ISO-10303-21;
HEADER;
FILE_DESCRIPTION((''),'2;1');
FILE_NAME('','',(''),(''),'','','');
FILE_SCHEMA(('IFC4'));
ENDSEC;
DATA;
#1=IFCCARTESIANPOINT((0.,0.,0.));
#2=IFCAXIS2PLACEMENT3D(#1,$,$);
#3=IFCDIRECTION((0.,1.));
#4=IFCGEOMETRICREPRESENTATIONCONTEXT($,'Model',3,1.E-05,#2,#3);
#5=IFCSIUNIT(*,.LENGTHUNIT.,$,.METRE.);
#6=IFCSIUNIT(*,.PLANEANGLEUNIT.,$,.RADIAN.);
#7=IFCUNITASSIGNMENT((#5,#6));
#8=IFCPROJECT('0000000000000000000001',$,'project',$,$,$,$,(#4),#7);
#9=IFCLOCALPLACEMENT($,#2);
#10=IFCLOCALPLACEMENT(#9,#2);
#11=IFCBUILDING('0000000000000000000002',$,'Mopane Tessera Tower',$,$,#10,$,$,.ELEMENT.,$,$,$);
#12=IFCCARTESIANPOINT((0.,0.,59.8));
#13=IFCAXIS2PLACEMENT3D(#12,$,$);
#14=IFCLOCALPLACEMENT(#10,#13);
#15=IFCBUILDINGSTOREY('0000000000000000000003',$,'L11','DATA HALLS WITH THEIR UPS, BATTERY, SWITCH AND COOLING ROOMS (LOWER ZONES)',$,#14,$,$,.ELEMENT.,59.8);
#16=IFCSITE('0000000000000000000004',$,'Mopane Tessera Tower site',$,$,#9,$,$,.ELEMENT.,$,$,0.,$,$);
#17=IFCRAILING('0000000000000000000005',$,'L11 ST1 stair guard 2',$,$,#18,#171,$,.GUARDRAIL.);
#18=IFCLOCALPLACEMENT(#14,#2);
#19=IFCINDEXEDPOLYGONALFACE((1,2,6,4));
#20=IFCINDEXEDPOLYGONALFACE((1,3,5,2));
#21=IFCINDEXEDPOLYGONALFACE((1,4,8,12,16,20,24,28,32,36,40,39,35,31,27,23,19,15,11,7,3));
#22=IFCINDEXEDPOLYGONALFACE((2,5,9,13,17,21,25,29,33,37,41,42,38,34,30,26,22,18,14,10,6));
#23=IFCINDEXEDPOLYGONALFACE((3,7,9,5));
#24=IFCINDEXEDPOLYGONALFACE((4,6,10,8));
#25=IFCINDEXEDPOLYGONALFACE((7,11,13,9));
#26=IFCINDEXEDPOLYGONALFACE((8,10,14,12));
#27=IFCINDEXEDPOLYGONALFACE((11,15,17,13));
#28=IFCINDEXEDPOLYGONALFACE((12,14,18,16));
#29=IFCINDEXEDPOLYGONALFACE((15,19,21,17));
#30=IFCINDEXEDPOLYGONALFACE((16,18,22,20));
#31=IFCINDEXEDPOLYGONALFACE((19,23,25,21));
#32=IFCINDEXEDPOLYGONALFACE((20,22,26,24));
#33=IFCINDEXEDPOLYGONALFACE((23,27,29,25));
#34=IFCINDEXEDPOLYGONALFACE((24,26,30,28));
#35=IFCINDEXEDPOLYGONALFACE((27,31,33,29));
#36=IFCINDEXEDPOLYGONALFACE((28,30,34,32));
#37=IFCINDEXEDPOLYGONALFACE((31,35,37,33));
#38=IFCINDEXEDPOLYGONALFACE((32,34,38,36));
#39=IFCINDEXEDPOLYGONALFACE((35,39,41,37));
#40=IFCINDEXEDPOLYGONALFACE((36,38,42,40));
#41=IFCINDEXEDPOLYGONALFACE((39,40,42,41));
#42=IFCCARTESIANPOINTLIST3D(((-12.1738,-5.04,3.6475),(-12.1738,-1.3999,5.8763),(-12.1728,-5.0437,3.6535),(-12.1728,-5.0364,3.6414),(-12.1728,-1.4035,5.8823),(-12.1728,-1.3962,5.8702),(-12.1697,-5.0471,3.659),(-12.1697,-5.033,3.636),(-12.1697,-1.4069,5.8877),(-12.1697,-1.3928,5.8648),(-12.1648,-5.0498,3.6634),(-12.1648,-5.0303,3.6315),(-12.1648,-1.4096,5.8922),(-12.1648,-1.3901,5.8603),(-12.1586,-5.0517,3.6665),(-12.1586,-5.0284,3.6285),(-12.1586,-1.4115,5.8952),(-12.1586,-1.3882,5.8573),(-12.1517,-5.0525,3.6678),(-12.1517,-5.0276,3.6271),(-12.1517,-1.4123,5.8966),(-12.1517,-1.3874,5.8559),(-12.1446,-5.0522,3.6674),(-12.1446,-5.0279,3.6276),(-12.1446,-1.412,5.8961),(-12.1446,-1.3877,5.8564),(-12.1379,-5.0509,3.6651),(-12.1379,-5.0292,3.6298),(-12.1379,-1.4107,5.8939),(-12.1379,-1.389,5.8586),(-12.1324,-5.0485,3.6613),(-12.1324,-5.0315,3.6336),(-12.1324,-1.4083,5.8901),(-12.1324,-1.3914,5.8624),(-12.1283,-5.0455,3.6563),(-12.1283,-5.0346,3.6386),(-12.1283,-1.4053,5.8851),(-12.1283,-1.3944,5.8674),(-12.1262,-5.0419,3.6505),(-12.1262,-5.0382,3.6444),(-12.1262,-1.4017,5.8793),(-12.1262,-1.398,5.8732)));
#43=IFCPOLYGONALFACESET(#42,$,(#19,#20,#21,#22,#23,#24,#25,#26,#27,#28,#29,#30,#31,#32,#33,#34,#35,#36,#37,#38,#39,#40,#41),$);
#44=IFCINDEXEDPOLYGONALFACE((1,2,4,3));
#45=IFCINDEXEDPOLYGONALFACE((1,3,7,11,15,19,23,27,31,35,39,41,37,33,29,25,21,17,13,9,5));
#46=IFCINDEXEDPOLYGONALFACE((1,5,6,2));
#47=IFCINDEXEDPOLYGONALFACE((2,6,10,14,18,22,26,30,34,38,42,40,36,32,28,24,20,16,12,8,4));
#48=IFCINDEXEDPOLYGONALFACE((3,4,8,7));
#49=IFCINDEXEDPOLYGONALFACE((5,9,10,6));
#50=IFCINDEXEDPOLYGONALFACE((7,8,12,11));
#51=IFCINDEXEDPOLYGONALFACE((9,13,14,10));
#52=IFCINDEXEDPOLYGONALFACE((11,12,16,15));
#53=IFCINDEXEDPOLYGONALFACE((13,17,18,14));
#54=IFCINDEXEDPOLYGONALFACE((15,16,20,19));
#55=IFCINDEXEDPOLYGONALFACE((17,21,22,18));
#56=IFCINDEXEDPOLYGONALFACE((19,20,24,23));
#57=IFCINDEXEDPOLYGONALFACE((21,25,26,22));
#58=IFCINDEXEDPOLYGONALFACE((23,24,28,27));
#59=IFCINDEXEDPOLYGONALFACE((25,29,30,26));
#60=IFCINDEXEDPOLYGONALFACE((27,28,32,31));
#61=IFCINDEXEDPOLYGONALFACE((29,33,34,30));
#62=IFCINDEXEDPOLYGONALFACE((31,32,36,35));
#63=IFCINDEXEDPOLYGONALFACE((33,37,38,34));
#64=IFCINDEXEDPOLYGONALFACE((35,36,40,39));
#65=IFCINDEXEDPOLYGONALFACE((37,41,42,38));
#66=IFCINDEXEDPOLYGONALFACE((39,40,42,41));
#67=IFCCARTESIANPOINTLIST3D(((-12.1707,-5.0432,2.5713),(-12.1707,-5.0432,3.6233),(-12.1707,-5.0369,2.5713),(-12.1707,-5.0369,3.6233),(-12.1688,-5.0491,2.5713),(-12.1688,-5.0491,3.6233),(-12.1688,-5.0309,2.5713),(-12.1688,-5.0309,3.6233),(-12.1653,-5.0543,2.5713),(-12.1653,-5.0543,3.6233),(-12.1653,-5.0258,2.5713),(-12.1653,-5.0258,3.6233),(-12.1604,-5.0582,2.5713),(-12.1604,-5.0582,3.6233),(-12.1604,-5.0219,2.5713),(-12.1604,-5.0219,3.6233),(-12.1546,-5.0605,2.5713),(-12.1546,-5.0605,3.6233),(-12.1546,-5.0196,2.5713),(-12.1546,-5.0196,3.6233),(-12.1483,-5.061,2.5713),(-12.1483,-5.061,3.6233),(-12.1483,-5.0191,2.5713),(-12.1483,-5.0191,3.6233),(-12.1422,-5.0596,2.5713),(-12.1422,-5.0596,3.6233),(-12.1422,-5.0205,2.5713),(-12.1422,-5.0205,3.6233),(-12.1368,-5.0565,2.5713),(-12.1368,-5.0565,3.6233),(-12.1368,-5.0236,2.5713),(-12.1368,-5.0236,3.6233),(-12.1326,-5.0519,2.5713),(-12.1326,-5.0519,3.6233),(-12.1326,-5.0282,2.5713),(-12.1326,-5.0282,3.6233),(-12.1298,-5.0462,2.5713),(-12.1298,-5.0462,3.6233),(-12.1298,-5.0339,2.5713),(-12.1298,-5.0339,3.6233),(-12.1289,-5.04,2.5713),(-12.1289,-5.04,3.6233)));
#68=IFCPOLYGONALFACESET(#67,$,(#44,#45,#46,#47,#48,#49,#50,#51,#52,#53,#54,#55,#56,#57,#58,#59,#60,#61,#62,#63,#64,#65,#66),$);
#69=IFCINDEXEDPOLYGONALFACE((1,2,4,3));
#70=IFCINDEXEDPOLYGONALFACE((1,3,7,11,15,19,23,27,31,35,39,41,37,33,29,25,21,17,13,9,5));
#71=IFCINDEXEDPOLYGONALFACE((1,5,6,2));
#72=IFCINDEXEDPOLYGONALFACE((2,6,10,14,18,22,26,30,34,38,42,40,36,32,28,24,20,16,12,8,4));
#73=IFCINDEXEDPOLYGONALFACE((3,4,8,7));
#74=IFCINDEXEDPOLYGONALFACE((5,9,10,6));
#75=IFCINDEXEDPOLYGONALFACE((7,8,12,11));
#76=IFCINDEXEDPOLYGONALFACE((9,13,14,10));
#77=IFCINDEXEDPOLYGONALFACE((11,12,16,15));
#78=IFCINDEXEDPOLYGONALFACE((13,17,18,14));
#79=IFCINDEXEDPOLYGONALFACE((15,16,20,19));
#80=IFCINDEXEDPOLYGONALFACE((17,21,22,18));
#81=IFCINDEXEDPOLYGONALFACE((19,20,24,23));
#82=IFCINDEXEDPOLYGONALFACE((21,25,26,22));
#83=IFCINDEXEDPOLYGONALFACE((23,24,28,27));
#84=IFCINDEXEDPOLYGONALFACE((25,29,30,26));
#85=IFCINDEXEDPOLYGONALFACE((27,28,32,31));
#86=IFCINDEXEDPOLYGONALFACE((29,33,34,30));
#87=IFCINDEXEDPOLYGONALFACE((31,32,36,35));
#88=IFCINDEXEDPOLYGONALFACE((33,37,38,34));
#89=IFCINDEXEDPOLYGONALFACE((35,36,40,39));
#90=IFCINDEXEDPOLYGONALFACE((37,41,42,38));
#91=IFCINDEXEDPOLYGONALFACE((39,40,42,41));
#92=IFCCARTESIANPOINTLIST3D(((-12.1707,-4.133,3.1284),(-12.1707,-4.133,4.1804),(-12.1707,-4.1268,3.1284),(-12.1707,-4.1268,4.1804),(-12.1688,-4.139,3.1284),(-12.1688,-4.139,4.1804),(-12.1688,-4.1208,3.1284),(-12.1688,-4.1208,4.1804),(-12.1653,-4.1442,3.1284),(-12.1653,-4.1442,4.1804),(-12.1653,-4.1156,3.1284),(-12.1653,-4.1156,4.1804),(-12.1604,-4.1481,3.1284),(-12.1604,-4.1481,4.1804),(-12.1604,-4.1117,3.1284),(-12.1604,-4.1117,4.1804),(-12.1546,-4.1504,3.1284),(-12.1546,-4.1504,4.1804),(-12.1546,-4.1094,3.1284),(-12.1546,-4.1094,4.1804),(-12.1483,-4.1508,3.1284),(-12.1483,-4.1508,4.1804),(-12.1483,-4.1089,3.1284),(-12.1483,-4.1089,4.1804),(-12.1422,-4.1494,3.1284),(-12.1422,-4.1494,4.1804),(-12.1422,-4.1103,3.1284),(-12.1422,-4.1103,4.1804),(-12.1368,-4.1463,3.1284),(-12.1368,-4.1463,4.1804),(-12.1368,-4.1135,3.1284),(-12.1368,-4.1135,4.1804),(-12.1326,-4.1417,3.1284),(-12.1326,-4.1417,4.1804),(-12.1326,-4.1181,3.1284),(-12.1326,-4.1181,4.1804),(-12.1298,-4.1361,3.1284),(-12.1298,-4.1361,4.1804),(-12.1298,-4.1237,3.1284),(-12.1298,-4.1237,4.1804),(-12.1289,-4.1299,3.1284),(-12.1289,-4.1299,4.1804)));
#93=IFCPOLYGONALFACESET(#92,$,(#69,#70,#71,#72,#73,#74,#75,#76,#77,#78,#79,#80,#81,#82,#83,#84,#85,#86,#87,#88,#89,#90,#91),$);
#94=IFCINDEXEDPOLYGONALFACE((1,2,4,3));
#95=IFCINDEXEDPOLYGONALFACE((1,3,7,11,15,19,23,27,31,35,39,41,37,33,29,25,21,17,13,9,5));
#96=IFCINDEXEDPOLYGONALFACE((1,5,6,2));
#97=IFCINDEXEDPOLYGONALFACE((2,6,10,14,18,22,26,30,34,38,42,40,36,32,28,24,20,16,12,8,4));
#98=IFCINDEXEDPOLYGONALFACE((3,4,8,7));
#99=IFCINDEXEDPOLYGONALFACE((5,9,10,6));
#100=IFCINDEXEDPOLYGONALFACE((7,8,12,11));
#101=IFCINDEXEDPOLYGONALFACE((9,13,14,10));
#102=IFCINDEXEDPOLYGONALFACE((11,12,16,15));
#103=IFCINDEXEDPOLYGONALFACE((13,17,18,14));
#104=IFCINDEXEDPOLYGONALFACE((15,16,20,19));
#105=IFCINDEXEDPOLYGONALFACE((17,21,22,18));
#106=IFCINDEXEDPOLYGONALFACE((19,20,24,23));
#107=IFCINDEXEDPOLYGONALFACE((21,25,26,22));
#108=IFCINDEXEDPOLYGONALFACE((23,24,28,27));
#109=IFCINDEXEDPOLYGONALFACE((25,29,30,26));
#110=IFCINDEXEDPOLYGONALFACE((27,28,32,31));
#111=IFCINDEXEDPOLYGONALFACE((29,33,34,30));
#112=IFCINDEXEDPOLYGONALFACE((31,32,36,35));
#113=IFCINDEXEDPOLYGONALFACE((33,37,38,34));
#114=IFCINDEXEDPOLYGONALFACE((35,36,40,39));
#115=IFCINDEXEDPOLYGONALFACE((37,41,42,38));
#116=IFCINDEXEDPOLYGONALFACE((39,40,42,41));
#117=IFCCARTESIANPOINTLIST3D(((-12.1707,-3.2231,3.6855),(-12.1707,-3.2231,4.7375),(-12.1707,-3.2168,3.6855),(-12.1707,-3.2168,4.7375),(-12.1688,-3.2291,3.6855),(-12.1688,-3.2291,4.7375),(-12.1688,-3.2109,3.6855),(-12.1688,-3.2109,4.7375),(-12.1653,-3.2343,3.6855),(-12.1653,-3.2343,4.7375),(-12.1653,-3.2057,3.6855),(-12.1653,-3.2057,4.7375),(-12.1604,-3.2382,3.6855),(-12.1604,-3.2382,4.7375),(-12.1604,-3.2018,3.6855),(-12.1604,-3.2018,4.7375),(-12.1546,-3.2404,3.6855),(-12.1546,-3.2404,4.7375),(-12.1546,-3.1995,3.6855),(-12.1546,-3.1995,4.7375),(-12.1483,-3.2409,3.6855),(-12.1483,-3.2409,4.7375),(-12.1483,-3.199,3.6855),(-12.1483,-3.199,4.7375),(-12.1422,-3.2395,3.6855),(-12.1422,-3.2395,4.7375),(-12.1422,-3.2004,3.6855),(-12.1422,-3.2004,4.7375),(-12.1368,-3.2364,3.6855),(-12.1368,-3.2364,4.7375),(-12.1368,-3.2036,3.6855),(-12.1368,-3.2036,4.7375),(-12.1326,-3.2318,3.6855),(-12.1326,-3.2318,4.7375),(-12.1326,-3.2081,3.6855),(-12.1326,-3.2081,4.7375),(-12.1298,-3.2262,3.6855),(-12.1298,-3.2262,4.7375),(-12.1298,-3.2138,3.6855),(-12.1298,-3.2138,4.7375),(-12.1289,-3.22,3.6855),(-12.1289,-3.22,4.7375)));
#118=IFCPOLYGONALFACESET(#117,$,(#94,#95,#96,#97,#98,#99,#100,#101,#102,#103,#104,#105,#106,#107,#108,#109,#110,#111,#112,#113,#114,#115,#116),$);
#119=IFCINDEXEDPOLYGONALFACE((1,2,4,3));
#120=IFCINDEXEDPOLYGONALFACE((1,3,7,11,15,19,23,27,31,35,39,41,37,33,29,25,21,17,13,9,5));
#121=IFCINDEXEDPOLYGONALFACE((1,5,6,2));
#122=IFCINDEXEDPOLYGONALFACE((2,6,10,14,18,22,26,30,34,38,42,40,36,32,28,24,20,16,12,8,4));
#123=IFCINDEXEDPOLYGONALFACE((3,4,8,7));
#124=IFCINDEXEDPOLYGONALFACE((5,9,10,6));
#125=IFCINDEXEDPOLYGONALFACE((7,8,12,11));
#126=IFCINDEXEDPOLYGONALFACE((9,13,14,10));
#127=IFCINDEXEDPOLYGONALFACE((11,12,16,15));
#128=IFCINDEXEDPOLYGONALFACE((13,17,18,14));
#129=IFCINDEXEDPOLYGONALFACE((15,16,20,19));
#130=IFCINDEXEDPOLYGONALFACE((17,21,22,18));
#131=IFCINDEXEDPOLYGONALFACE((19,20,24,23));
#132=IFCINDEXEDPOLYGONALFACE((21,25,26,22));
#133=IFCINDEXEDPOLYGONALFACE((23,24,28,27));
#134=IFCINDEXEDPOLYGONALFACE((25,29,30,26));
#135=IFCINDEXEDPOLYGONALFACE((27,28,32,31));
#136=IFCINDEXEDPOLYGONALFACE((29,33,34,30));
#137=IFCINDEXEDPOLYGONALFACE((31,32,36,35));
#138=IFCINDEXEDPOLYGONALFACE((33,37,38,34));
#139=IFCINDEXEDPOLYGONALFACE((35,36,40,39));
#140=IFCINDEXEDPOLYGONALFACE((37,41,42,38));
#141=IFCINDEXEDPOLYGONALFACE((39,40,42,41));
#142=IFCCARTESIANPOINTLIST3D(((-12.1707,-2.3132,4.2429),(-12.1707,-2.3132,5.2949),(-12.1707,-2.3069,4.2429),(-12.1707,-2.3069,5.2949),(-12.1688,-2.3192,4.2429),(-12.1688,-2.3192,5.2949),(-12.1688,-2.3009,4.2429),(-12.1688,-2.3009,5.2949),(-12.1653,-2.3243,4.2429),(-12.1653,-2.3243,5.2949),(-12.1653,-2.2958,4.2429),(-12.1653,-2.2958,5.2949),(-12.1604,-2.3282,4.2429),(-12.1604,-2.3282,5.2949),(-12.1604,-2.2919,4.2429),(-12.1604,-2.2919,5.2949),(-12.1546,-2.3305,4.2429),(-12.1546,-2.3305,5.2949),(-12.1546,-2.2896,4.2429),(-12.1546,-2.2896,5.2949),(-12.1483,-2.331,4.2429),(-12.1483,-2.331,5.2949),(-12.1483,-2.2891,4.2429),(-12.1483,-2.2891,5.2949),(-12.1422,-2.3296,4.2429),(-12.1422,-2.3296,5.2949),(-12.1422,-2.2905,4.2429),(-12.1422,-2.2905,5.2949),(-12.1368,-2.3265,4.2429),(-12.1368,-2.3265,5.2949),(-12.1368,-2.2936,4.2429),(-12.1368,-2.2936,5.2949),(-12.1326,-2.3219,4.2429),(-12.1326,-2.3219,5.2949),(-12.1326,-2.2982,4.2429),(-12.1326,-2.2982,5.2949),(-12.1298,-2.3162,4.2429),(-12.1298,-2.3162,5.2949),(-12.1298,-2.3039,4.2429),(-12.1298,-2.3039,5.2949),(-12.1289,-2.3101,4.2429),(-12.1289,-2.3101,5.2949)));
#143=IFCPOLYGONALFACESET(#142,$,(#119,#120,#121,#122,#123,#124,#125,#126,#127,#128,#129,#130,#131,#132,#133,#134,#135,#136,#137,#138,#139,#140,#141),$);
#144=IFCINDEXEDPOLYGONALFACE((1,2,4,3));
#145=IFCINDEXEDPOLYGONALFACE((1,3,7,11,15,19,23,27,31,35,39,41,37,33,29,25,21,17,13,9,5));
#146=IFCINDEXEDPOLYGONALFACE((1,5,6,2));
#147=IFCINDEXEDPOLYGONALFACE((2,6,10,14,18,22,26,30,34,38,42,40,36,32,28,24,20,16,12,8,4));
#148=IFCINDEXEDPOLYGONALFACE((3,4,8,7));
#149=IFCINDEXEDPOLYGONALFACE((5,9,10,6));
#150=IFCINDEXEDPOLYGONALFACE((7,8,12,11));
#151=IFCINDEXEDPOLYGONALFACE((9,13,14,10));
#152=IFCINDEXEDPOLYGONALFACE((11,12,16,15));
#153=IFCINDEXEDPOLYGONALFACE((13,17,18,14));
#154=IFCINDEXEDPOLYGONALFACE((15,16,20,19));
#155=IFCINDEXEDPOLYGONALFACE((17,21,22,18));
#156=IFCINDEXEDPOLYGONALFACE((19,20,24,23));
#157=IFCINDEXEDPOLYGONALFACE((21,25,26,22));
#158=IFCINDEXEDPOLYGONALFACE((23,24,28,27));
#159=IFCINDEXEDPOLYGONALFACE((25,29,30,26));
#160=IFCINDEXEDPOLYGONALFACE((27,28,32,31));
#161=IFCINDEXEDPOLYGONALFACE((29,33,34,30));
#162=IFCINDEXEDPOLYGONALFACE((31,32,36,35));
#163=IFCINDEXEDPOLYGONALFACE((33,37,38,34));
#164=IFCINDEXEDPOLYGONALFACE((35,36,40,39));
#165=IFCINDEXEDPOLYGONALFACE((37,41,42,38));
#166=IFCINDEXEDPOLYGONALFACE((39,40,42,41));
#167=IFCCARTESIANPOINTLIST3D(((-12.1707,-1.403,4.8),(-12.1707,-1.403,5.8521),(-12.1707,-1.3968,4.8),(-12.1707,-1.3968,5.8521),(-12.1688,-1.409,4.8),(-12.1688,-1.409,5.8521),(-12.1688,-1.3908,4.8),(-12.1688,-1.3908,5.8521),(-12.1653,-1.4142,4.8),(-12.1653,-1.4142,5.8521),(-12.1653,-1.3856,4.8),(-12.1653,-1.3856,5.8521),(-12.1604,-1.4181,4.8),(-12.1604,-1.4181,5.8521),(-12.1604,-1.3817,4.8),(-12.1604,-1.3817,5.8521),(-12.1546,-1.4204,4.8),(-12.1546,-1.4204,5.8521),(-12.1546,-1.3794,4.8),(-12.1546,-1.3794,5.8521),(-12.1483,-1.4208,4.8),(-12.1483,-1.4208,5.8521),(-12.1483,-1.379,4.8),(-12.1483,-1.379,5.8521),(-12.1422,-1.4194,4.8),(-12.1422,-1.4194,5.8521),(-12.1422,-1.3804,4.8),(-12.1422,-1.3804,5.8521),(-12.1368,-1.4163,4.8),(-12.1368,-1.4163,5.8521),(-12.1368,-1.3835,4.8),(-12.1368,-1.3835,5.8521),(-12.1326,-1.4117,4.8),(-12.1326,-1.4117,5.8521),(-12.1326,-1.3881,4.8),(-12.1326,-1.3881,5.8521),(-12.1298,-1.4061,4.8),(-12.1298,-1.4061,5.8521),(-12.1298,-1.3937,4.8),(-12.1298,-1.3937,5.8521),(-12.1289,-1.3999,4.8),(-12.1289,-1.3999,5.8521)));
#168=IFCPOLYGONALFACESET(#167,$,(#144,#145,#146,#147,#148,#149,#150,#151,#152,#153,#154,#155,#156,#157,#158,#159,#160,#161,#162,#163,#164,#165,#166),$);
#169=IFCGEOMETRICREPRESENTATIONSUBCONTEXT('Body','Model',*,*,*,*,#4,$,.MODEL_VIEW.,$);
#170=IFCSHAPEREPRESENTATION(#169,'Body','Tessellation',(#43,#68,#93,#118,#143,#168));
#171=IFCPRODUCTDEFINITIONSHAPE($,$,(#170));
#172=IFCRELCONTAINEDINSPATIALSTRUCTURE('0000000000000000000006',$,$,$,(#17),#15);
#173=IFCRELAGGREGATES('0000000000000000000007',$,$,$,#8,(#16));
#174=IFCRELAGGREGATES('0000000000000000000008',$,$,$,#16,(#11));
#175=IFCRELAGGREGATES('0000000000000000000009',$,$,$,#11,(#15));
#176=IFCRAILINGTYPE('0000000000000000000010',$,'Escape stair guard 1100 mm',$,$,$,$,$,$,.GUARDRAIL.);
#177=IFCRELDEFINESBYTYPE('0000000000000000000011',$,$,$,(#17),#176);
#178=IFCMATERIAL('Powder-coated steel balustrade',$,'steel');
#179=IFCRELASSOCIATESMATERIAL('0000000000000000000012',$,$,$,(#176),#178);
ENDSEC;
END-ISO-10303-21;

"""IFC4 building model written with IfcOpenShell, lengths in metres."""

from ifc_helpers import new_model, si_unit, direction, frame, origin, origin_2d, place, context, subcontext, project, spatial, circle, extrude, material, type_object, element, save


model = new_model("IFC4")

# Units and contexts
model_context = context("Model", 3, precision=1e-05, world=origin(), true_north=direction((0.0, 1.0)))
body_context = subcontext(model_context, "Body", "Model", "MODEL_VIEW")
ifc_project = project(units=[si_unit("LENGTHUNIT", "METRE"), si_unit("PLANEANGLEUNIT", "RADIAN")], contexts=[model_context])

# Site, building, storey
site_placement = place(None, origin())
site = spatial("IfcSite", under=ifc_project, at=site_placement, Name="Mopane Tessera Tower site", CompositionType="ELEMENT", RefElevation=0.0)
building_placement = place(site_placement, origin())
building = spatial("IfcBuilding", under=site, at=building_placement, Name="Mopane Tessera Tower", CompositionType="ELEMENT")
storey_placement = place(building_placement, frame((0.0, 0.0, 59.8)))
storey = spatial("IfcBuildingStorey", under=building, at=storey_placement, Name="L11", Description="DATA HALLS WITH THEIR UPS, BATTERY, SWITCH AND COOLING ROOMS (LOWER ZONES)", CompositionType="ELEMENT", Elevation=59.8)

# Railing
ifc_material_1 = material(Name="Powder-coated steel balustrade", Category="steel")
railing_type_1 = type_object("IfcRailingType", Name="Escape stair guard 1100 mm", PredefinedType="GUARDRAIL", material=ifc_material_1)
railing_1_placement = place(storey_placement, frame((-12.1499, -5.04, 2.5713)))
element("IfcRailing", 1, at=railing_1_placement, inside=storey, type_object=railing_type_1, Name="L11 ST1 stair guard 2", PredefinedType="GUARDRAIL", context=body_context, shape_type="SweptSolid", body=[
    extrude(circle(Radius=0.0239, at=origin_2d()), frame((0.0, 0.0, 1.0762), z_axis=(0.0, 0.85284, 0.522172), x_axis=(-1.0, 0.0, 0.0)), (0.0, 0.0, 1.0), 4.2683),
    extrude(circle(Radius=0.021, at=origin_2d()), origin(), (0.0, 0.0, 1.0), 1.052),
    extrude(circle(Radius=0.021, at=origin_2d()), frame((0.0, 0.9102, 0.5571)), (0.0, 0.0, 1.0), 1.052),
    extrude(circle(Radius=0.021, at=origin_2d()), frame((0.0, 1.8201, 1.1143)), (0.0, 0.0, 1.0), 1.052),
    extrude(circle(Radius=0.021, at=origin_2d()), frame((0.0, 2.73, 1.6716)), (0.0, 0.0, 1.0), 1.052),
    extrude(circle(Radius=0.021, at=origin_2d()), frame((0.0, 3.6401, 2.2288)), (0.0, 0.0, 1.0), 1.052),
])

save(model, "model.ifc")
